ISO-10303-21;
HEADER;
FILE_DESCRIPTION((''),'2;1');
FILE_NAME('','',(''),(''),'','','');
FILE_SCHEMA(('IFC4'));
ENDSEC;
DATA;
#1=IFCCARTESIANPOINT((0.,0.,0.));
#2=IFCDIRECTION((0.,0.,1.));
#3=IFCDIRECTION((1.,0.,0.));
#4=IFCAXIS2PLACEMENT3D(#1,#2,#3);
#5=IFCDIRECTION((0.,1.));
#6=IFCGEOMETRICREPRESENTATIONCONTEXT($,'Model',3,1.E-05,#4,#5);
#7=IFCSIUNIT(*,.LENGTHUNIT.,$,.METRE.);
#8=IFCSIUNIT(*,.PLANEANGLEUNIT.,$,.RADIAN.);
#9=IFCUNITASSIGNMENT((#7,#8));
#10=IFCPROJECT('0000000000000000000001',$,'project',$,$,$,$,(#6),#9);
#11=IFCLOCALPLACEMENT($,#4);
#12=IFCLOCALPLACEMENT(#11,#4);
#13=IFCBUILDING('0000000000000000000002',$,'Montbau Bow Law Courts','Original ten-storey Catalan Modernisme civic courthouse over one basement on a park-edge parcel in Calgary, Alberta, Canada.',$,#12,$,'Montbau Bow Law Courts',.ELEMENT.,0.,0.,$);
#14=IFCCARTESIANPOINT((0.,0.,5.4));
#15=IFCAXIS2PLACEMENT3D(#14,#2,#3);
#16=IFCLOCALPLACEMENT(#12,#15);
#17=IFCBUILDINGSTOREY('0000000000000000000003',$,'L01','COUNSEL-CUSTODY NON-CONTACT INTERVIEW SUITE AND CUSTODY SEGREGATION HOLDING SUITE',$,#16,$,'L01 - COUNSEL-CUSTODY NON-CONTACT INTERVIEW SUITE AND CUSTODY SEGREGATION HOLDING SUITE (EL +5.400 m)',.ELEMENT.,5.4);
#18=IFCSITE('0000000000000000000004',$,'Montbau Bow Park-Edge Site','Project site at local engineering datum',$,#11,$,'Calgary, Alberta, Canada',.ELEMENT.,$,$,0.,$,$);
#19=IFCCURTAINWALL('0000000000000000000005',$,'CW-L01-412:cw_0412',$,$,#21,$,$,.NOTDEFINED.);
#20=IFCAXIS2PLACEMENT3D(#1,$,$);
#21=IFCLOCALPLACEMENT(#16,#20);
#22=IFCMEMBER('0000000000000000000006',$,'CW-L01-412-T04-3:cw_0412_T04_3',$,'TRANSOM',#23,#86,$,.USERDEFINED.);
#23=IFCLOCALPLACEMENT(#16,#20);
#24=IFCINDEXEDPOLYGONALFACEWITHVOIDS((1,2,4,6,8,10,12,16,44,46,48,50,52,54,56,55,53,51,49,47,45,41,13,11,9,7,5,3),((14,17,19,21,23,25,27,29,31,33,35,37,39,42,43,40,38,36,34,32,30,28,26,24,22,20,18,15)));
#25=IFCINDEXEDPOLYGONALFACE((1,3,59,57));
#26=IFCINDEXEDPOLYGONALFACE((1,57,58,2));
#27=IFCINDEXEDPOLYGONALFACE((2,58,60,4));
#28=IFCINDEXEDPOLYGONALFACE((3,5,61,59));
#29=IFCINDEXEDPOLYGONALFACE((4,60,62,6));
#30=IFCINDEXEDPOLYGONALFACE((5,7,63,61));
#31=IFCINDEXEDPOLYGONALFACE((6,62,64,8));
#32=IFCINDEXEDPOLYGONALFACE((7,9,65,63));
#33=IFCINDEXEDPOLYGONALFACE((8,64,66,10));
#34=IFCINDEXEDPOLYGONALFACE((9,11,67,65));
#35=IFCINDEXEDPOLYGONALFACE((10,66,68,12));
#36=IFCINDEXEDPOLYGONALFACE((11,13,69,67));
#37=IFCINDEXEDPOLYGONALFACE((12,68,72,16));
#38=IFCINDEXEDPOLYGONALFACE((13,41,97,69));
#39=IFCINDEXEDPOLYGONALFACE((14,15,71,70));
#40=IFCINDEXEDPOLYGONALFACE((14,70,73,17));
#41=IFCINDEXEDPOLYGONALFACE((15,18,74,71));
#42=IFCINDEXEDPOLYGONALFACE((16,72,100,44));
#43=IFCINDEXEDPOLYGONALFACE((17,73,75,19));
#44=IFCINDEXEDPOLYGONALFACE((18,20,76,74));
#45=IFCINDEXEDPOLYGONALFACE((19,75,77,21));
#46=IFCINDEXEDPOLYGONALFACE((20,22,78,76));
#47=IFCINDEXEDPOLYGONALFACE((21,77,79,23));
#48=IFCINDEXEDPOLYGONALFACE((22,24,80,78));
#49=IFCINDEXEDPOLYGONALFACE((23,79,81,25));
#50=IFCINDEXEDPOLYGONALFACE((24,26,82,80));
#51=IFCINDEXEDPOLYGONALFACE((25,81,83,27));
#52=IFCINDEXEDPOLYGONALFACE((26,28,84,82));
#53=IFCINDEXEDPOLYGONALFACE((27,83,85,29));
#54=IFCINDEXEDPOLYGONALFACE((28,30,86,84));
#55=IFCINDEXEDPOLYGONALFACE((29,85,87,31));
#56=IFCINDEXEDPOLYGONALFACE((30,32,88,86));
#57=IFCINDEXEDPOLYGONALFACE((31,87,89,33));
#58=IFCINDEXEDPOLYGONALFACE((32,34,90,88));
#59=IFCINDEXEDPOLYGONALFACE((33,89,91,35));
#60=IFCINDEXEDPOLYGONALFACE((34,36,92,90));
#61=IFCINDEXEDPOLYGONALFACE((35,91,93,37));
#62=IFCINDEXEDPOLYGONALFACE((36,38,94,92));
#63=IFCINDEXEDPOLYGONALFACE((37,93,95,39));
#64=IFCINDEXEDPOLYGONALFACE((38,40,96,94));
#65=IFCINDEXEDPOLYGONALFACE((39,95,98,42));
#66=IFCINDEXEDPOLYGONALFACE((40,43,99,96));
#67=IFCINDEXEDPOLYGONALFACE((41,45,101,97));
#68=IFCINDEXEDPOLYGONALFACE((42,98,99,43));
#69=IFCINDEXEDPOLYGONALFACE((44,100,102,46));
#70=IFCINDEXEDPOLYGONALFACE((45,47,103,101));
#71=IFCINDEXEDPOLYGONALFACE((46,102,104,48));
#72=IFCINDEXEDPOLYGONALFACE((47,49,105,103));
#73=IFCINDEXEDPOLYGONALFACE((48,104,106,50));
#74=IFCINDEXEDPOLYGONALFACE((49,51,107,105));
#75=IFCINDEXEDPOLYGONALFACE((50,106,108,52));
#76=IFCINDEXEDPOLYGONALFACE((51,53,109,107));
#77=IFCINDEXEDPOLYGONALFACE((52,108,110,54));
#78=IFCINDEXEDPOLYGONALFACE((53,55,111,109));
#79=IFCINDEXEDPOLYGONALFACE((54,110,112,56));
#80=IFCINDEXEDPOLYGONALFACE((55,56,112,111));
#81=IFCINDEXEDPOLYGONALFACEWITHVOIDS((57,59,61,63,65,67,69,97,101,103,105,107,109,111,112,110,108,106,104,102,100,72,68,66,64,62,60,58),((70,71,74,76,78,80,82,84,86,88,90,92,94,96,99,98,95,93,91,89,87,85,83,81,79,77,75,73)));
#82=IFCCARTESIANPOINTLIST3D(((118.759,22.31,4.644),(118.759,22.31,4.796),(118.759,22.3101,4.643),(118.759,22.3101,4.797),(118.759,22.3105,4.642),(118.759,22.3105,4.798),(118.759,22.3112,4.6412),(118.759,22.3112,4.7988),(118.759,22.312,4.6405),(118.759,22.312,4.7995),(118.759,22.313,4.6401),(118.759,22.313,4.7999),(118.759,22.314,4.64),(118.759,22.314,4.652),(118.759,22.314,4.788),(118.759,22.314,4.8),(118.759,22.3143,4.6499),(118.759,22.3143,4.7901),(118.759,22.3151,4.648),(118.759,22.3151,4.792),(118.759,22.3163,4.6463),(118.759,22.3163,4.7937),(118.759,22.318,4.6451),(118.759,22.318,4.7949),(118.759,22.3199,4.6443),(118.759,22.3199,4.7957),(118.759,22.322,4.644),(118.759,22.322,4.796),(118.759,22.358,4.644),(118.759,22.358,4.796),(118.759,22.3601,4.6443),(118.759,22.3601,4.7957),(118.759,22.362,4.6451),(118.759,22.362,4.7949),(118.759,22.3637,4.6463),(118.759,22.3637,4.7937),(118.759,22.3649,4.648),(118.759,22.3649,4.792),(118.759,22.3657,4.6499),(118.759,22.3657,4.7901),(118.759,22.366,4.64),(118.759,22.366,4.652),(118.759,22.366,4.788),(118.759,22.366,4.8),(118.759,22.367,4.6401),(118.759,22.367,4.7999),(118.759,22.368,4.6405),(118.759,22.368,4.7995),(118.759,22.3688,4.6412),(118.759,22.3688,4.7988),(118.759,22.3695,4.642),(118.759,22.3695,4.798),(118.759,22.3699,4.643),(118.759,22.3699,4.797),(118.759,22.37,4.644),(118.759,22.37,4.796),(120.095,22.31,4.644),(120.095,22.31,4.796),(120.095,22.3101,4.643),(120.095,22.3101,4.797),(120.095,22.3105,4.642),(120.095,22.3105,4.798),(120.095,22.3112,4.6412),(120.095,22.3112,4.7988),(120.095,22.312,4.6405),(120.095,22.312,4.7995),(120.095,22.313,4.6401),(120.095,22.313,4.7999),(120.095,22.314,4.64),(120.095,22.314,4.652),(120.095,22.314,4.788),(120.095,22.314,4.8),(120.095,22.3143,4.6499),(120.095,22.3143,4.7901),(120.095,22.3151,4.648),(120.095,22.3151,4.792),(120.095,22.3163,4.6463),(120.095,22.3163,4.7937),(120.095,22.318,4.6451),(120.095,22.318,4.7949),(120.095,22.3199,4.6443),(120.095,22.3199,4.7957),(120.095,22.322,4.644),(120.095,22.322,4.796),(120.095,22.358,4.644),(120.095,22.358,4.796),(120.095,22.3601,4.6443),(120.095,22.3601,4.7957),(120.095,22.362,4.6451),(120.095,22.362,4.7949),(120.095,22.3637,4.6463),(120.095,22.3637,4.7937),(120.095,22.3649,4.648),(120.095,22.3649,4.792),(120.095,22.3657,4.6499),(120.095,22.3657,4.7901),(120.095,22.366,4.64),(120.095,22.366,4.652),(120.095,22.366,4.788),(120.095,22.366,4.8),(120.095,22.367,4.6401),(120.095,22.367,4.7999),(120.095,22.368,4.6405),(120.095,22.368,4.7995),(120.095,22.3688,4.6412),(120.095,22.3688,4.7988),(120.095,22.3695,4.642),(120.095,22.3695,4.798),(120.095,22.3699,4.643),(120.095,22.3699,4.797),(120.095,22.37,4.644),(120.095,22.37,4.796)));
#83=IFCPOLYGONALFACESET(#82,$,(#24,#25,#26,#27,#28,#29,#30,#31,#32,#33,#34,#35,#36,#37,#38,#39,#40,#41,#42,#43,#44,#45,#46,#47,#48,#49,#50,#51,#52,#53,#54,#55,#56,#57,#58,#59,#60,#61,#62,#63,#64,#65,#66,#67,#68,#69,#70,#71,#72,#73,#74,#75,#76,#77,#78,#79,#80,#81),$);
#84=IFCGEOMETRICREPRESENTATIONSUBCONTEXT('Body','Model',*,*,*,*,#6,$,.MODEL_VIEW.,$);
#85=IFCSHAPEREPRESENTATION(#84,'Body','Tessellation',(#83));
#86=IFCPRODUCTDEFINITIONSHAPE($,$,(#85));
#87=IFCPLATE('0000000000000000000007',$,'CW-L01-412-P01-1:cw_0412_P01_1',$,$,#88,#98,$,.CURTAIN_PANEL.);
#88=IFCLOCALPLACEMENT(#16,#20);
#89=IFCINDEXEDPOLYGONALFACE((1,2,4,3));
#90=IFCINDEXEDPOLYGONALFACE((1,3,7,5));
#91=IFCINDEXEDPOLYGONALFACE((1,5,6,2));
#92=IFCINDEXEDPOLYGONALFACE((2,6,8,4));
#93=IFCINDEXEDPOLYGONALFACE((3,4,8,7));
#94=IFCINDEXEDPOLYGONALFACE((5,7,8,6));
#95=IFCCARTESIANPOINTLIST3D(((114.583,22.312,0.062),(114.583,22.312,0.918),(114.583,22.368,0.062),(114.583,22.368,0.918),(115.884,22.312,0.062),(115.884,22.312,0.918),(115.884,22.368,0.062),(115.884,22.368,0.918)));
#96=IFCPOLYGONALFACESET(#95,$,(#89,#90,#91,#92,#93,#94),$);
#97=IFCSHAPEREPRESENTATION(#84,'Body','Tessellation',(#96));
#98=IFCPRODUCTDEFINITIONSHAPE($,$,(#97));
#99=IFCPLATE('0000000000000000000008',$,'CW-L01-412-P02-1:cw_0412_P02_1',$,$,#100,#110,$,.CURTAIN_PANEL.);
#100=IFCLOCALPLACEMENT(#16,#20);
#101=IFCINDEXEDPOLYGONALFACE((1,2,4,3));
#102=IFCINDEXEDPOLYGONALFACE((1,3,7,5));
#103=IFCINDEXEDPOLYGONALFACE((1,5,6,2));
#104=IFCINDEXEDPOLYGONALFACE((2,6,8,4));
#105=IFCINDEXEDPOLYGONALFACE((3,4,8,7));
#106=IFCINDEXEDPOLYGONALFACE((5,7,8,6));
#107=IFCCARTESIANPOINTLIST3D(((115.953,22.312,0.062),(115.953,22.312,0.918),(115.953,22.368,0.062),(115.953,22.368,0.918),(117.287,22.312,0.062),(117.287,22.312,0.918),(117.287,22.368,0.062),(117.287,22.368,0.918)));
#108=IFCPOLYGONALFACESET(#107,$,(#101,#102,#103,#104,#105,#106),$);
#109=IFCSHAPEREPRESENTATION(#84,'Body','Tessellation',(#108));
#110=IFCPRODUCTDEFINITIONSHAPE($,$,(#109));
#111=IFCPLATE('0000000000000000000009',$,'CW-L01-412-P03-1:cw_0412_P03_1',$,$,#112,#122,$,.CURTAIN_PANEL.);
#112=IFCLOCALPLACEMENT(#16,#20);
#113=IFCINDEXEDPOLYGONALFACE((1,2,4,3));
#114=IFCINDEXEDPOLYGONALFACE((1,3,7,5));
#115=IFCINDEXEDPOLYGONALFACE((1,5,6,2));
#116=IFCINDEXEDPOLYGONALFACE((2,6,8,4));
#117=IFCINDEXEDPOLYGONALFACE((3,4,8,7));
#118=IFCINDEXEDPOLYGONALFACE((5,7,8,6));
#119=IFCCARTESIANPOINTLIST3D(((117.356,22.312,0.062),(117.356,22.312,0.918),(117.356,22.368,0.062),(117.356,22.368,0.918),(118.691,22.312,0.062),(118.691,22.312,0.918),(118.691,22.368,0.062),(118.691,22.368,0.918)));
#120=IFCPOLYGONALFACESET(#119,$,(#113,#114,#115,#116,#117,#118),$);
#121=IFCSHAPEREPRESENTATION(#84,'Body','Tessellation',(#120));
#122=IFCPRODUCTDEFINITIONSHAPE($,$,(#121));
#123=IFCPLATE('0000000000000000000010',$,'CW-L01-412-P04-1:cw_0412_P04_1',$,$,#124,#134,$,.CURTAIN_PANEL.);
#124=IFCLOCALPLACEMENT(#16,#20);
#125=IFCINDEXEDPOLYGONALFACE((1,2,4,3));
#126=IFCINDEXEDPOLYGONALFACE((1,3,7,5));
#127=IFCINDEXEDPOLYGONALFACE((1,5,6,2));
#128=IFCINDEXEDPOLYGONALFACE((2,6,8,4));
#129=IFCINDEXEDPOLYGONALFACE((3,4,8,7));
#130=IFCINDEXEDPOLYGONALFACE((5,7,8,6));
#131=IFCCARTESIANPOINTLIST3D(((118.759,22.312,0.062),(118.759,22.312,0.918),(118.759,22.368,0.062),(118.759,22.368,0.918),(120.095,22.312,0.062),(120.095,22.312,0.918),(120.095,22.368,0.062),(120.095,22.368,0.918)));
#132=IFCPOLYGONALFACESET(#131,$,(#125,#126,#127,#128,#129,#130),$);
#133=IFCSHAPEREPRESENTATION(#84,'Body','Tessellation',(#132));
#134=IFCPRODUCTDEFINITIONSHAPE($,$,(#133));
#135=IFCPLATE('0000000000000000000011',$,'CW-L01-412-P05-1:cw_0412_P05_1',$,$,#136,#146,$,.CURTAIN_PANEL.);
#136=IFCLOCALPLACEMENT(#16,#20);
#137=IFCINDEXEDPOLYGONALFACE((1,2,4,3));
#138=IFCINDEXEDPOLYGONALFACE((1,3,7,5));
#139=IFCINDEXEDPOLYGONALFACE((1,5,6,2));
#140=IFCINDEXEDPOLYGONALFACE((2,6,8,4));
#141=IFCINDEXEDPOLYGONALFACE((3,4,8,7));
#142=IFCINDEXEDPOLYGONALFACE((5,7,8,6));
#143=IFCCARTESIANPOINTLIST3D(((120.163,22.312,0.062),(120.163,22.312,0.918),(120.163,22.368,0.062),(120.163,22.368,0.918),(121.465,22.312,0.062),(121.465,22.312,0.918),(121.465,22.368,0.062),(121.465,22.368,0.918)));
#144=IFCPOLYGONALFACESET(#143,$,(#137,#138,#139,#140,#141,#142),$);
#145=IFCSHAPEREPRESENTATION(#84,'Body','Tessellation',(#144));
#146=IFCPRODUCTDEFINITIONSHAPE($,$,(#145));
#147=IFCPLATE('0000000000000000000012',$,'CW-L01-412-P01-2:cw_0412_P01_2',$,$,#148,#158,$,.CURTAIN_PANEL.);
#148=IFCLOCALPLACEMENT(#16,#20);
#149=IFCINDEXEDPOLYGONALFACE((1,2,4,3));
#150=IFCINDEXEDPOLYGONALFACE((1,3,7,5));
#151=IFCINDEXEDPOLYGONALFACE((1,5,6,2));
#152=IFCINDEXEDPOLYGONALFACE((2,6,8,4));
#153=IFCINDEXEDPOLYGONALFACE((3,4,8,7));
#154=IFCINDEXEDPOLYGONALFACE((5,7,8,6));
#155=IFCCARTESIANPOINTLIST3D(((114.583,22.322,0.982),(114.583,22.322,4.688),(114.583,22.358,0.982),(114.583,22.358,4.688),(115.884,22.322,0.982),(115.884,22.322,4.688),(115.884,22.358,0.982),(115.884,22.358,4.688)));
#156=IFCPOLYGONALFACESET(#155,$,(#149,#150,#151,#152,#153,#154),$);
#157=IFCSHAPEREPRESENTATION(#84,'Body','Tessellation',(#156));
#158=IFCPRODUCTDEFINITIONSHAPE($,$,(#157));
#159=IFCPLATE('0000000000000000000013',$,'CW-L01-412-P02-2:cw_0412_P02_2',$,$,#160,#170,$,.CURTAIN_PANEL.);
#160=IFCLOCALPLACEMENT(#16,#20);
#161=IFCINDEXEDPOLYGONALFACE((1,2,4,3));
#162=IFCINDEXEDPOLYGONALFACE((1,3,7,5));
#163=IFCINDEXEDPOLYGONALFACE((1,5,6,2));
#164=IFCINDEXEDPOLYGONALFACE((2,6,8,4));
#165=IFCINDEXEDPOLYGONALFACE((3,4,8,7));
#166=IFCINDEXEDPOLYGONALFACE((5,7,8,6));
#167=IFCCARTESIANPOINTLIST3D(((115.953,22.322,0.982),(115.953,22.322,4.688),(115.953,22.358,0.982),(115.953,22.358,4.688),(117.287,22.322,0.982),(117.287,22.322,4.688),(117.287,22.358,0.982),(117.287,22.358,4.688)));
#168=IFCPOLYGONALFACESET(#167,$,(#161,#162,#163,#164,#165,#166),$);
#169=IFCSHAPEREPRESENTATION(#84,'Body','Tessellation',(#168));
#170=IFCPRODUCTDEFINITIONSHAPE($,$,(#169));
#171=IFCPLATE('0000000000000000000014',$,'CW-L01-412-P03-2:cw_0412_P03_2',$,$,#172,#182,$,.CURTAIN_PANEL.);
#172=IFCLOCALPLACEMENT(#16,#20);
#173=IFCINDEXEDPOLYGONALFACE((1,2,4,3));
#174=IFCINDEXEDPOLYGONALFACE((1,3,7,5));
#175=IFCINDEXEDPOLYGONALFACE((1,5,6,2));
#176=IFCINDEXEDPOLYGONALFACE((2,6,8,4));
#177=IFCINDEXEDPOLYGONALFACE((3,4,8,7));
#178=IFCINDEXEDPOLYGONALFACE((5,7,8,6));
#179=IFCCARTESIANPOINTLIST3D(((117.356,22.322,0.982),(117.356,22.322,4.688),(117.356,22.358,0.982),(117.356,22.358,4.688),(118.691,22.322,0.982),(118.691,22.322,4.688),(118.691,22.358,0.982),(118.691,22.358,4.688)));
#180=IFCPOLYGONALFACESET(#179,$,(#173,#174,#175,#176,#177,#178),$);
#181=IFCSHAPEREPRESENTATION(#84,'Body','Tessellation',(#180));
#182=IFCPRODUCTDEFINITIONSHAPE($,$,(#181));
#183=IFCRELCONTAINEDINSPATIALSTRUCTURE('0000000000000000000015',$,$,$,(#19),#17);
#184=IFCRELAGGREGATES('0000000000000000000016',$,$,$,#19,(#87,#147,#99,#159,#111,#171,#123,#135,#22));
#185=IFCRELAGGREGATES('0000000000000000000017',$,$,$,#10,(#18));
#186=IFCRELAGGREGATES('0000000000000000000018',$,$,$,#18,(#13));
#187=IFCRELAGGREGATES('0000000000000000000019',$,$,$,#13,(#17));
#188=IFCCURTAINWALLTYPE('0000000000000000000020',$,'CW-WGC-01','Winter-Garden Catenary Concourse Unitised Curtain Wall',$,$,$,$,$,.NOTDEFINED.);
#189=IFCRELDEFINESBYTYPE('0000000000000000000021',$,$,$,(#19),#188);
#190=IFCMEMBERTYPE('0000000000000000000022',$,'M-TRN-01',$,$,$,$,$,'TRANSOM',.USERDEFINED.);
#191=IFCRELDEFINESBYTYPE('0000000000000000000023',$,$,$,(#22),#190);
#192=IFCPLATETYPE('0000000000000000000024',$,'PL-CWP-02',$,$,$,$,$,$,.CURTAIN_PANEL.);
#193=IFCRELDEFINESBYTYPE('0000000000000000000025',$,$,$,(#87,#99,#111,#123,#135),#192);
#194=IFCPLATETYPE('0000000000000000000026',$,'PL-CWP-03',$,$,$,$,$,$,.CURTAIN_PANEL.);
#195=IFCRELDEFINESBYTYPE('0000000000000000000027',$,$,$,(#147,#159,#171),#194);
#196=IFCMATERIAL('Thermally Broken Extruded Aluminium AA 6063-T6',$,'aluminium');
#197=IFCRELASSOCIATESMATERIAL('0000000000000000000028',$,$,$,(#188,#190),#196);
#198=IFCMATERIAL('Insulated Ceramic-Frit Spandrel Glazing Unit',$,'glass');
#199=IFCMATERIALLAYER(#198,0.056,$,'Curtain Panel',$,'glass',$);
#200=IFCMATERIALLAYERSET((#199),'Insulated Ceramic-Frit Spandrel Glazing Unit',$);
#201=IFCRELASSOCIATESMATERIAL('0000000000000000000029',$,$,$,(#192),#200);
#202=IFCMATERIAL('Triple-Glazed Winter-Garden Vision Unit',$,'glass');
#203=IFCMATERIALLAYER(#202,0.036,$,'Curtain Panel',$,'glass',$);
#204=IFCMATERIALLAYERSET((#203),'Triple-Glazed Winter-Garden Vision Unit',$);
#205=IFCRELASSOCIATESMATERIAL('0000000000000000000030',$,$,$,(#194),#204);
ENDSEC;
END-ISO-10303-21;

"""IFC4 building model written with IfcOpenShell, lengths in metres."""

from ifc_helpers import new_model, si_unit, direction, frame, frame_2d, origin_with_axes, origin_2d_with_axis, place, context, subcontext, project, spatial, rectangle, hollow_rectangle, extrude, material, layer, layer_set, material_profile, profile_set, type_object, element, aggregate, save


model = new_model("IFC4")

# Units and contexts
model_context = context("Model", 3, precision=1e-05, world=origin_with_axes(), true_north=direction((0.0, 1.0)))
body_context = subcontext(model_context, "Body", "Model", "MODEL_VIEW")
ifc_project = project(units=[si_unit("LENGTHUNIT", "METRE"), si_unit("PLANEANGLEUNIT", "RADIAN")], contexts=[model_context])

# Site, building, storey
site_placement = place(None, origin_with_axes())
site = spatial("IfcSite", under=ifc_project, at=site_placement, Name="Montbau Bow Park-Edge Site", Description="Project site at local engineering datum", LongName="Calgary, Alberta, Canada", CompositionType="ELEMENT", RefElevation=0.0)
building_placement = place(site_placement, origin_with_axes())
building = spatial("IfcBuilding", under=site, at=building_placement, Name="Montbau Bow Law Courts", Description="Original ten-storey Catalan Modernisme civic courthouse over one basement on a park-edge parcel in Calgary, Alberta, Canada.", LongName="Montbau Bow Law Courts", CompositionType="ELEMENT", ElevationOfRefHeight=0.0, ElevationOfTerrain=0.0)
storey_placement = place(building_placement, frame((0.0, 0.0, 5.4), z_axis=(0.0, 0.0, 1.0), x_axis=(1.0, 0.0, 0.0)))
storey = spatial("IfcBuildingStorey", under=building, at=storey_placement, Name="L01", Description="COUNSEL-CUSTODY NON-CONTACT INTERVIEW SUITE AND CUSTODY SEGREGATION HOLDING SUITE", LongName="L01 - COUNSEL-CUSTODY NON-CONTACT INTERVIEW SUITE AND CUSTODY SEGREGATION HOLDING SUITE (EL +5.400 m)", CompositionType="ELEMENT", Elevation=5.4)

# Shared definitions
ifc_material_1 = material(Name="Thermally Broken Extruded Aluminium AA 6063-T6", Category="aluminium")
curtain_wall_type = type_object("IfcCurtainWallType", Name="CW-WGC-01", Description="Winter-Garden Catenary Concourse Unitised Curtain Wall", PredefinedType="NOTDEFINED", material=ifc_material_1)

# Curtain wall, member, plates
curtain_wall_1_placement = place(None, frame((114.515, 22.34, 5.4), z_axis=(0.0, 0.0, 1.0), x_axis=(1.0, 0.0, 0.0)))
curtain_wall_1 = element("IfcCurtainWall", 1, at=curtain_wall_1_placement, inside=storey, type_object=curtain_wall_type, Name="CW-L01-412:cw_0412", PredefinedType="NOTDEFINED")
ifc_material_profile_1 = material_profile(ifc_material_1, hollow_rectangle(XDim=0.06, YDim=0.16, WallThickness=0.004, InnerFilletRadius=0.008, OuterFilletRadius=0.004, at=origin_2d_with_axis()), Name="CWT-160X60", Category="Main", Priority=0)
ifc_profile_set_1 = profile_set([ifc_material_profile_1], Name="Thermally Broken Extruded Aluminium AA 6063-T6")
member_type_1 = type_object("IfcMemberType", Name="M-TRN-01", ElementType="TRANSOM", PredefinedType="USERDEFINED", material=ifc_profile_set_1)
member_1_placement = place(None, frame((118.759, 22.34, 10.12), z_axis=(1.0, 0.0, 0.0), x_axis=(0.0, 1.0, 0.0)))
member_1 = element("IfcMember", 2, at=member_1_placement, type_object=member_type_1, Name="CW-L01-412-T04-3:cw_0412_T04_3", ObjectType="TRANSOM", PredefinedType="USERDEFINED", context=body_context, shape_type="SweptSolid", body=[
    extrude(hollow_rectangle(XDim=0.06, YDim=0.16, WallThickness=0.004, InnerFilletRadius=0.008, OuterFilletRadius=0.004, at=origin_2d_with_axis()), origin_with_axes(), (0.0, 0.0, 1.0), 1.336),
])
ifc_material_2 = material(Name="Insulated Ceramic-Frit Spandrel Glazing Unit", Category="glass")
ifc_layer_1 = layer(ifc_material_2, 0.056, Name="Curtain Panel", Category="glass")
ifc_layer_set_1 = layer_set([ifc_layer_1], Name="Insulated Ceramic-Frit Spandrel Glazing Unit")
plate_type_1 = type_object("IfcPlateType", Name="PL-CWP-02", PredefinedType="CURTAIN_PANEL", material=ifc_layer_set_1)
plate_1_placement = place(None, frame((114.583, 22.34, 5.462), z_axis=(0.0, -1.0, 0.0), x_axis=(1.0, 0.0, 0.0)))
plate_1 = element("IfcPlate", 3, at=plate_1_placement, type_object=plate_type_1, Name="CW-L01-412-P01-1:cw_0412_P01_1", PredefinedType="CURTAIN_PANEL", context=body_context, shape_type="SweptSolid", body=[
    extrude(rectangle(XDim=1.301, YDim=0.856, at=frame_2d((0.6505, 0.428), x_axis=(1.0, 0.0))), frame((0.0, 0.0, -0.028), z_axis=(0.0, 0.0, 1.0), x_axis=(1.0, 0.0, 0.0)), (0.0, 0.0, 1.0), 0.056),
])
plate_2_placement = place(None, frame((115.953, 22.34, 5.462), z_axis=(0.0, -1.0, 0.0), x_axis=(1.0, 0.0, 0.0)))
plate_2 = element("IfcPlate", 4, at=plate_2_placement, type_object=plate_type_1, Name="CW-L01-412-P02-1:cw_0412_P02_1", PredefinedType="CURTAIN_PANEL", context=body_context, shape_type="SweptSolid", body=[
    extrude(rectangle(XDim=1.334, YDim=0.856, at=frame_2d((0.667, 0.428), x_axis=(1.0, 0.0))), frame((0.0, 0.0, -0.028), z_axis=(0.0, 0.0, 1.0), x_axis=(1.0, 0.0, 0.0)), (0.0, 0.0, 1.0), 0.056),
])
plate_3_placement = place(None, frame((117.356, 22.34, 5.462), z_axis=(0.0, -1.0, 0.0), x_axis=(1.0, 0.0, 0.0)))
plate_3 = element("IfcPlate", 5, at=plate_3_placement, type_object=plate_type_1, Name="CW-L01-412-P03-1:cw_0412_P03_1", PredefinedType="CURTAIN_PANEL", context=body_context, shape_type="SweptSolid", body=[
    extrude(rectangle(XDim=1.335, YDim=0.856, at=frame_2d((0.6675, 0.428), x_axis=(1.0, 0.0))), frame((0.0, 0.0, -0.028), z_axis=(0.0, 0.0, 1.0), x_axis=(1.0, 0.0, 0.0)), (0.0, 0.0, 1.0), 0.056),
])
plate_4_placement = place(None, frame((118.759, 22.34, 5.462), z_axis=(0.0, -1.0, 0.0), x_axis=(1.0, 0.0, 0.0)))
plate_4 = element("IfcPlate", 6, at=plate_4_placement, type_object=plate_type_1, Name="CW-L01-412-P04-1:cw_0412_P04_1", PredefinedType="CURTAIN_PANEL", context=body_context, shape_type="SweptSolid", body=[
    extrude(rectangle(XDim=1.336, YDim=0.856, at=frame_2d((0.668, 0.428), x_axis=(1.0, 0.0))), frame((0.0, 0.0, -0.028), z_axis=(0.0, 0.0, 1.0), x_axis=(1.0, 0.0, 0.0)), (0.0, 0.0, 1.0), 0.056),
])
plate_5_placement = place(None, frame((120.163, 22.34, 5.462), z_axis=(0.0, -1.0, 0.0), x_axis=(1.0, 0.0, 0.0)))
plate_5 = element("IfcPlate", 7, at=plate_5_placement, type_object=plate_type_1, Name="CW-L01-412-P05-1:cw_0412_P05_1", PredefinedType="CURTAIN_PANEL", context=body_context, shape_type="SweptSolid", body=[
    extrude(rectangle(XDim=1.302, YDim=0.856, at=frame_2d((0.651, 0.428), x_axis=(1.0, 0.0))), frame((0.0, 0.0, -0.028), z_axis=(0.0, 0.0, 1.0), x_axis=(1.0, 0.0, 0.0)), (0.0, 0.0, 1.0), 0.056),
])
ifc_material_3 = material(Name="Triple-Glazed Winter-Garden Vision Unit", Category="glass")
ifc_layer_2 = layer(ifc_material_3, 0.036, Name="Curtain Panel", Category="glass")
ifc_layer_set_2 = layer_set([ifc_layer_2], Name="Triple-Glazed Winter-Garden Vision Unit")
plate_type_2 = type_object("IfcPlateType", Name="PL-CWP-03", PredefinedType="CURTAIN_PANEL", material=ifc_layer_set_2)
plate_6_placement = place(None, frame((114.583, 22.34, 6.382), z_axis=(0.0, -1.0, 0.0), x_axis=(1.0, 0.0, 0.0)))
plate_6 = element("IfcPlate", 8, at=plate_6_placement, type_object=plate_type_2, Name="CW-L01-412-P01-2:cw_0412_P01_2", PredefinedType="CURTAIN_PANEL", context=body_context, shape_type="SweptSolid", body=[
    extrude(rectangle(XDim=1.301, YDim=3.706, at=frame_2d((0.6505, 1.853), x_axis=(1.0, 0.0))), frame((0.0, 0.0, -0.018), z_axis=(0.0, 0.0, 1.0), x_axis=(1.0, 0.0, 0.0)), (0.0, 0.0, 1.0), 0.036),
])
plate_7_placement = place(None, frame((115.953, 22.34, 6.382), z_axis=(0.0, -1.0, 0.0), x_axis=(1.0, 0.0, 0.0)))
plate_7 = element("IfcPlate", 9, at=plate_7_placement, type_object=plate_type_2, Name="CW-L01-412-P02-2:cw_0412_P02_2", PredefinedType="CURTAIN_PANEL", context=body_context, shape_type="SweptSolid", body=[
    extrude(rectangle(XDim=1.334, YDim=3.706, at=frame_2d((0.667, 1.853), x_axis=(1.0, 0.0))), frame((0.0, 0.0, -0.018), z_axis=(0.0, 0.0, 1.0), x_axis=(1.0, 0.0, 0.0)), (0.0, 0.0, 1.0), 0.036),
])
plate_8_placement = place(None, frame((117.356, 22.34, 6.382), z_axis=(0.0, -1.0, 0.0), x_axis=(1.0, 0.0, 0.0)))
plate_8 = element("IfcPlate", 10, at=plate_8_placement, type_object=plate_type_2, Name="CW-L01-412-P03-2:cw_0412_P03_2", PredefinedType="CURTAIN_PANEL", context=body_context, shape_type="SweptSolid", body=[
    extrude(rectangle(XDim=1.335, YDim=3.706, at=frame_2d((0.6675, 1.853), x_axis=(1.0, 0.0))), frame((0.0, 0.0, -0.018), z_axis=(0.0, 0.0, 1.0), x_axis=(1.0, 0.0, 0.0)), (0.0, 0.0, 1.0), 0.036),
])
aggregate(curtain_wall_1, [plate_1, plate_6, plate_2, plate_7, plate_3, plate_8, plate_4, plate_5, member_1])

save(model, "model.ifc")
